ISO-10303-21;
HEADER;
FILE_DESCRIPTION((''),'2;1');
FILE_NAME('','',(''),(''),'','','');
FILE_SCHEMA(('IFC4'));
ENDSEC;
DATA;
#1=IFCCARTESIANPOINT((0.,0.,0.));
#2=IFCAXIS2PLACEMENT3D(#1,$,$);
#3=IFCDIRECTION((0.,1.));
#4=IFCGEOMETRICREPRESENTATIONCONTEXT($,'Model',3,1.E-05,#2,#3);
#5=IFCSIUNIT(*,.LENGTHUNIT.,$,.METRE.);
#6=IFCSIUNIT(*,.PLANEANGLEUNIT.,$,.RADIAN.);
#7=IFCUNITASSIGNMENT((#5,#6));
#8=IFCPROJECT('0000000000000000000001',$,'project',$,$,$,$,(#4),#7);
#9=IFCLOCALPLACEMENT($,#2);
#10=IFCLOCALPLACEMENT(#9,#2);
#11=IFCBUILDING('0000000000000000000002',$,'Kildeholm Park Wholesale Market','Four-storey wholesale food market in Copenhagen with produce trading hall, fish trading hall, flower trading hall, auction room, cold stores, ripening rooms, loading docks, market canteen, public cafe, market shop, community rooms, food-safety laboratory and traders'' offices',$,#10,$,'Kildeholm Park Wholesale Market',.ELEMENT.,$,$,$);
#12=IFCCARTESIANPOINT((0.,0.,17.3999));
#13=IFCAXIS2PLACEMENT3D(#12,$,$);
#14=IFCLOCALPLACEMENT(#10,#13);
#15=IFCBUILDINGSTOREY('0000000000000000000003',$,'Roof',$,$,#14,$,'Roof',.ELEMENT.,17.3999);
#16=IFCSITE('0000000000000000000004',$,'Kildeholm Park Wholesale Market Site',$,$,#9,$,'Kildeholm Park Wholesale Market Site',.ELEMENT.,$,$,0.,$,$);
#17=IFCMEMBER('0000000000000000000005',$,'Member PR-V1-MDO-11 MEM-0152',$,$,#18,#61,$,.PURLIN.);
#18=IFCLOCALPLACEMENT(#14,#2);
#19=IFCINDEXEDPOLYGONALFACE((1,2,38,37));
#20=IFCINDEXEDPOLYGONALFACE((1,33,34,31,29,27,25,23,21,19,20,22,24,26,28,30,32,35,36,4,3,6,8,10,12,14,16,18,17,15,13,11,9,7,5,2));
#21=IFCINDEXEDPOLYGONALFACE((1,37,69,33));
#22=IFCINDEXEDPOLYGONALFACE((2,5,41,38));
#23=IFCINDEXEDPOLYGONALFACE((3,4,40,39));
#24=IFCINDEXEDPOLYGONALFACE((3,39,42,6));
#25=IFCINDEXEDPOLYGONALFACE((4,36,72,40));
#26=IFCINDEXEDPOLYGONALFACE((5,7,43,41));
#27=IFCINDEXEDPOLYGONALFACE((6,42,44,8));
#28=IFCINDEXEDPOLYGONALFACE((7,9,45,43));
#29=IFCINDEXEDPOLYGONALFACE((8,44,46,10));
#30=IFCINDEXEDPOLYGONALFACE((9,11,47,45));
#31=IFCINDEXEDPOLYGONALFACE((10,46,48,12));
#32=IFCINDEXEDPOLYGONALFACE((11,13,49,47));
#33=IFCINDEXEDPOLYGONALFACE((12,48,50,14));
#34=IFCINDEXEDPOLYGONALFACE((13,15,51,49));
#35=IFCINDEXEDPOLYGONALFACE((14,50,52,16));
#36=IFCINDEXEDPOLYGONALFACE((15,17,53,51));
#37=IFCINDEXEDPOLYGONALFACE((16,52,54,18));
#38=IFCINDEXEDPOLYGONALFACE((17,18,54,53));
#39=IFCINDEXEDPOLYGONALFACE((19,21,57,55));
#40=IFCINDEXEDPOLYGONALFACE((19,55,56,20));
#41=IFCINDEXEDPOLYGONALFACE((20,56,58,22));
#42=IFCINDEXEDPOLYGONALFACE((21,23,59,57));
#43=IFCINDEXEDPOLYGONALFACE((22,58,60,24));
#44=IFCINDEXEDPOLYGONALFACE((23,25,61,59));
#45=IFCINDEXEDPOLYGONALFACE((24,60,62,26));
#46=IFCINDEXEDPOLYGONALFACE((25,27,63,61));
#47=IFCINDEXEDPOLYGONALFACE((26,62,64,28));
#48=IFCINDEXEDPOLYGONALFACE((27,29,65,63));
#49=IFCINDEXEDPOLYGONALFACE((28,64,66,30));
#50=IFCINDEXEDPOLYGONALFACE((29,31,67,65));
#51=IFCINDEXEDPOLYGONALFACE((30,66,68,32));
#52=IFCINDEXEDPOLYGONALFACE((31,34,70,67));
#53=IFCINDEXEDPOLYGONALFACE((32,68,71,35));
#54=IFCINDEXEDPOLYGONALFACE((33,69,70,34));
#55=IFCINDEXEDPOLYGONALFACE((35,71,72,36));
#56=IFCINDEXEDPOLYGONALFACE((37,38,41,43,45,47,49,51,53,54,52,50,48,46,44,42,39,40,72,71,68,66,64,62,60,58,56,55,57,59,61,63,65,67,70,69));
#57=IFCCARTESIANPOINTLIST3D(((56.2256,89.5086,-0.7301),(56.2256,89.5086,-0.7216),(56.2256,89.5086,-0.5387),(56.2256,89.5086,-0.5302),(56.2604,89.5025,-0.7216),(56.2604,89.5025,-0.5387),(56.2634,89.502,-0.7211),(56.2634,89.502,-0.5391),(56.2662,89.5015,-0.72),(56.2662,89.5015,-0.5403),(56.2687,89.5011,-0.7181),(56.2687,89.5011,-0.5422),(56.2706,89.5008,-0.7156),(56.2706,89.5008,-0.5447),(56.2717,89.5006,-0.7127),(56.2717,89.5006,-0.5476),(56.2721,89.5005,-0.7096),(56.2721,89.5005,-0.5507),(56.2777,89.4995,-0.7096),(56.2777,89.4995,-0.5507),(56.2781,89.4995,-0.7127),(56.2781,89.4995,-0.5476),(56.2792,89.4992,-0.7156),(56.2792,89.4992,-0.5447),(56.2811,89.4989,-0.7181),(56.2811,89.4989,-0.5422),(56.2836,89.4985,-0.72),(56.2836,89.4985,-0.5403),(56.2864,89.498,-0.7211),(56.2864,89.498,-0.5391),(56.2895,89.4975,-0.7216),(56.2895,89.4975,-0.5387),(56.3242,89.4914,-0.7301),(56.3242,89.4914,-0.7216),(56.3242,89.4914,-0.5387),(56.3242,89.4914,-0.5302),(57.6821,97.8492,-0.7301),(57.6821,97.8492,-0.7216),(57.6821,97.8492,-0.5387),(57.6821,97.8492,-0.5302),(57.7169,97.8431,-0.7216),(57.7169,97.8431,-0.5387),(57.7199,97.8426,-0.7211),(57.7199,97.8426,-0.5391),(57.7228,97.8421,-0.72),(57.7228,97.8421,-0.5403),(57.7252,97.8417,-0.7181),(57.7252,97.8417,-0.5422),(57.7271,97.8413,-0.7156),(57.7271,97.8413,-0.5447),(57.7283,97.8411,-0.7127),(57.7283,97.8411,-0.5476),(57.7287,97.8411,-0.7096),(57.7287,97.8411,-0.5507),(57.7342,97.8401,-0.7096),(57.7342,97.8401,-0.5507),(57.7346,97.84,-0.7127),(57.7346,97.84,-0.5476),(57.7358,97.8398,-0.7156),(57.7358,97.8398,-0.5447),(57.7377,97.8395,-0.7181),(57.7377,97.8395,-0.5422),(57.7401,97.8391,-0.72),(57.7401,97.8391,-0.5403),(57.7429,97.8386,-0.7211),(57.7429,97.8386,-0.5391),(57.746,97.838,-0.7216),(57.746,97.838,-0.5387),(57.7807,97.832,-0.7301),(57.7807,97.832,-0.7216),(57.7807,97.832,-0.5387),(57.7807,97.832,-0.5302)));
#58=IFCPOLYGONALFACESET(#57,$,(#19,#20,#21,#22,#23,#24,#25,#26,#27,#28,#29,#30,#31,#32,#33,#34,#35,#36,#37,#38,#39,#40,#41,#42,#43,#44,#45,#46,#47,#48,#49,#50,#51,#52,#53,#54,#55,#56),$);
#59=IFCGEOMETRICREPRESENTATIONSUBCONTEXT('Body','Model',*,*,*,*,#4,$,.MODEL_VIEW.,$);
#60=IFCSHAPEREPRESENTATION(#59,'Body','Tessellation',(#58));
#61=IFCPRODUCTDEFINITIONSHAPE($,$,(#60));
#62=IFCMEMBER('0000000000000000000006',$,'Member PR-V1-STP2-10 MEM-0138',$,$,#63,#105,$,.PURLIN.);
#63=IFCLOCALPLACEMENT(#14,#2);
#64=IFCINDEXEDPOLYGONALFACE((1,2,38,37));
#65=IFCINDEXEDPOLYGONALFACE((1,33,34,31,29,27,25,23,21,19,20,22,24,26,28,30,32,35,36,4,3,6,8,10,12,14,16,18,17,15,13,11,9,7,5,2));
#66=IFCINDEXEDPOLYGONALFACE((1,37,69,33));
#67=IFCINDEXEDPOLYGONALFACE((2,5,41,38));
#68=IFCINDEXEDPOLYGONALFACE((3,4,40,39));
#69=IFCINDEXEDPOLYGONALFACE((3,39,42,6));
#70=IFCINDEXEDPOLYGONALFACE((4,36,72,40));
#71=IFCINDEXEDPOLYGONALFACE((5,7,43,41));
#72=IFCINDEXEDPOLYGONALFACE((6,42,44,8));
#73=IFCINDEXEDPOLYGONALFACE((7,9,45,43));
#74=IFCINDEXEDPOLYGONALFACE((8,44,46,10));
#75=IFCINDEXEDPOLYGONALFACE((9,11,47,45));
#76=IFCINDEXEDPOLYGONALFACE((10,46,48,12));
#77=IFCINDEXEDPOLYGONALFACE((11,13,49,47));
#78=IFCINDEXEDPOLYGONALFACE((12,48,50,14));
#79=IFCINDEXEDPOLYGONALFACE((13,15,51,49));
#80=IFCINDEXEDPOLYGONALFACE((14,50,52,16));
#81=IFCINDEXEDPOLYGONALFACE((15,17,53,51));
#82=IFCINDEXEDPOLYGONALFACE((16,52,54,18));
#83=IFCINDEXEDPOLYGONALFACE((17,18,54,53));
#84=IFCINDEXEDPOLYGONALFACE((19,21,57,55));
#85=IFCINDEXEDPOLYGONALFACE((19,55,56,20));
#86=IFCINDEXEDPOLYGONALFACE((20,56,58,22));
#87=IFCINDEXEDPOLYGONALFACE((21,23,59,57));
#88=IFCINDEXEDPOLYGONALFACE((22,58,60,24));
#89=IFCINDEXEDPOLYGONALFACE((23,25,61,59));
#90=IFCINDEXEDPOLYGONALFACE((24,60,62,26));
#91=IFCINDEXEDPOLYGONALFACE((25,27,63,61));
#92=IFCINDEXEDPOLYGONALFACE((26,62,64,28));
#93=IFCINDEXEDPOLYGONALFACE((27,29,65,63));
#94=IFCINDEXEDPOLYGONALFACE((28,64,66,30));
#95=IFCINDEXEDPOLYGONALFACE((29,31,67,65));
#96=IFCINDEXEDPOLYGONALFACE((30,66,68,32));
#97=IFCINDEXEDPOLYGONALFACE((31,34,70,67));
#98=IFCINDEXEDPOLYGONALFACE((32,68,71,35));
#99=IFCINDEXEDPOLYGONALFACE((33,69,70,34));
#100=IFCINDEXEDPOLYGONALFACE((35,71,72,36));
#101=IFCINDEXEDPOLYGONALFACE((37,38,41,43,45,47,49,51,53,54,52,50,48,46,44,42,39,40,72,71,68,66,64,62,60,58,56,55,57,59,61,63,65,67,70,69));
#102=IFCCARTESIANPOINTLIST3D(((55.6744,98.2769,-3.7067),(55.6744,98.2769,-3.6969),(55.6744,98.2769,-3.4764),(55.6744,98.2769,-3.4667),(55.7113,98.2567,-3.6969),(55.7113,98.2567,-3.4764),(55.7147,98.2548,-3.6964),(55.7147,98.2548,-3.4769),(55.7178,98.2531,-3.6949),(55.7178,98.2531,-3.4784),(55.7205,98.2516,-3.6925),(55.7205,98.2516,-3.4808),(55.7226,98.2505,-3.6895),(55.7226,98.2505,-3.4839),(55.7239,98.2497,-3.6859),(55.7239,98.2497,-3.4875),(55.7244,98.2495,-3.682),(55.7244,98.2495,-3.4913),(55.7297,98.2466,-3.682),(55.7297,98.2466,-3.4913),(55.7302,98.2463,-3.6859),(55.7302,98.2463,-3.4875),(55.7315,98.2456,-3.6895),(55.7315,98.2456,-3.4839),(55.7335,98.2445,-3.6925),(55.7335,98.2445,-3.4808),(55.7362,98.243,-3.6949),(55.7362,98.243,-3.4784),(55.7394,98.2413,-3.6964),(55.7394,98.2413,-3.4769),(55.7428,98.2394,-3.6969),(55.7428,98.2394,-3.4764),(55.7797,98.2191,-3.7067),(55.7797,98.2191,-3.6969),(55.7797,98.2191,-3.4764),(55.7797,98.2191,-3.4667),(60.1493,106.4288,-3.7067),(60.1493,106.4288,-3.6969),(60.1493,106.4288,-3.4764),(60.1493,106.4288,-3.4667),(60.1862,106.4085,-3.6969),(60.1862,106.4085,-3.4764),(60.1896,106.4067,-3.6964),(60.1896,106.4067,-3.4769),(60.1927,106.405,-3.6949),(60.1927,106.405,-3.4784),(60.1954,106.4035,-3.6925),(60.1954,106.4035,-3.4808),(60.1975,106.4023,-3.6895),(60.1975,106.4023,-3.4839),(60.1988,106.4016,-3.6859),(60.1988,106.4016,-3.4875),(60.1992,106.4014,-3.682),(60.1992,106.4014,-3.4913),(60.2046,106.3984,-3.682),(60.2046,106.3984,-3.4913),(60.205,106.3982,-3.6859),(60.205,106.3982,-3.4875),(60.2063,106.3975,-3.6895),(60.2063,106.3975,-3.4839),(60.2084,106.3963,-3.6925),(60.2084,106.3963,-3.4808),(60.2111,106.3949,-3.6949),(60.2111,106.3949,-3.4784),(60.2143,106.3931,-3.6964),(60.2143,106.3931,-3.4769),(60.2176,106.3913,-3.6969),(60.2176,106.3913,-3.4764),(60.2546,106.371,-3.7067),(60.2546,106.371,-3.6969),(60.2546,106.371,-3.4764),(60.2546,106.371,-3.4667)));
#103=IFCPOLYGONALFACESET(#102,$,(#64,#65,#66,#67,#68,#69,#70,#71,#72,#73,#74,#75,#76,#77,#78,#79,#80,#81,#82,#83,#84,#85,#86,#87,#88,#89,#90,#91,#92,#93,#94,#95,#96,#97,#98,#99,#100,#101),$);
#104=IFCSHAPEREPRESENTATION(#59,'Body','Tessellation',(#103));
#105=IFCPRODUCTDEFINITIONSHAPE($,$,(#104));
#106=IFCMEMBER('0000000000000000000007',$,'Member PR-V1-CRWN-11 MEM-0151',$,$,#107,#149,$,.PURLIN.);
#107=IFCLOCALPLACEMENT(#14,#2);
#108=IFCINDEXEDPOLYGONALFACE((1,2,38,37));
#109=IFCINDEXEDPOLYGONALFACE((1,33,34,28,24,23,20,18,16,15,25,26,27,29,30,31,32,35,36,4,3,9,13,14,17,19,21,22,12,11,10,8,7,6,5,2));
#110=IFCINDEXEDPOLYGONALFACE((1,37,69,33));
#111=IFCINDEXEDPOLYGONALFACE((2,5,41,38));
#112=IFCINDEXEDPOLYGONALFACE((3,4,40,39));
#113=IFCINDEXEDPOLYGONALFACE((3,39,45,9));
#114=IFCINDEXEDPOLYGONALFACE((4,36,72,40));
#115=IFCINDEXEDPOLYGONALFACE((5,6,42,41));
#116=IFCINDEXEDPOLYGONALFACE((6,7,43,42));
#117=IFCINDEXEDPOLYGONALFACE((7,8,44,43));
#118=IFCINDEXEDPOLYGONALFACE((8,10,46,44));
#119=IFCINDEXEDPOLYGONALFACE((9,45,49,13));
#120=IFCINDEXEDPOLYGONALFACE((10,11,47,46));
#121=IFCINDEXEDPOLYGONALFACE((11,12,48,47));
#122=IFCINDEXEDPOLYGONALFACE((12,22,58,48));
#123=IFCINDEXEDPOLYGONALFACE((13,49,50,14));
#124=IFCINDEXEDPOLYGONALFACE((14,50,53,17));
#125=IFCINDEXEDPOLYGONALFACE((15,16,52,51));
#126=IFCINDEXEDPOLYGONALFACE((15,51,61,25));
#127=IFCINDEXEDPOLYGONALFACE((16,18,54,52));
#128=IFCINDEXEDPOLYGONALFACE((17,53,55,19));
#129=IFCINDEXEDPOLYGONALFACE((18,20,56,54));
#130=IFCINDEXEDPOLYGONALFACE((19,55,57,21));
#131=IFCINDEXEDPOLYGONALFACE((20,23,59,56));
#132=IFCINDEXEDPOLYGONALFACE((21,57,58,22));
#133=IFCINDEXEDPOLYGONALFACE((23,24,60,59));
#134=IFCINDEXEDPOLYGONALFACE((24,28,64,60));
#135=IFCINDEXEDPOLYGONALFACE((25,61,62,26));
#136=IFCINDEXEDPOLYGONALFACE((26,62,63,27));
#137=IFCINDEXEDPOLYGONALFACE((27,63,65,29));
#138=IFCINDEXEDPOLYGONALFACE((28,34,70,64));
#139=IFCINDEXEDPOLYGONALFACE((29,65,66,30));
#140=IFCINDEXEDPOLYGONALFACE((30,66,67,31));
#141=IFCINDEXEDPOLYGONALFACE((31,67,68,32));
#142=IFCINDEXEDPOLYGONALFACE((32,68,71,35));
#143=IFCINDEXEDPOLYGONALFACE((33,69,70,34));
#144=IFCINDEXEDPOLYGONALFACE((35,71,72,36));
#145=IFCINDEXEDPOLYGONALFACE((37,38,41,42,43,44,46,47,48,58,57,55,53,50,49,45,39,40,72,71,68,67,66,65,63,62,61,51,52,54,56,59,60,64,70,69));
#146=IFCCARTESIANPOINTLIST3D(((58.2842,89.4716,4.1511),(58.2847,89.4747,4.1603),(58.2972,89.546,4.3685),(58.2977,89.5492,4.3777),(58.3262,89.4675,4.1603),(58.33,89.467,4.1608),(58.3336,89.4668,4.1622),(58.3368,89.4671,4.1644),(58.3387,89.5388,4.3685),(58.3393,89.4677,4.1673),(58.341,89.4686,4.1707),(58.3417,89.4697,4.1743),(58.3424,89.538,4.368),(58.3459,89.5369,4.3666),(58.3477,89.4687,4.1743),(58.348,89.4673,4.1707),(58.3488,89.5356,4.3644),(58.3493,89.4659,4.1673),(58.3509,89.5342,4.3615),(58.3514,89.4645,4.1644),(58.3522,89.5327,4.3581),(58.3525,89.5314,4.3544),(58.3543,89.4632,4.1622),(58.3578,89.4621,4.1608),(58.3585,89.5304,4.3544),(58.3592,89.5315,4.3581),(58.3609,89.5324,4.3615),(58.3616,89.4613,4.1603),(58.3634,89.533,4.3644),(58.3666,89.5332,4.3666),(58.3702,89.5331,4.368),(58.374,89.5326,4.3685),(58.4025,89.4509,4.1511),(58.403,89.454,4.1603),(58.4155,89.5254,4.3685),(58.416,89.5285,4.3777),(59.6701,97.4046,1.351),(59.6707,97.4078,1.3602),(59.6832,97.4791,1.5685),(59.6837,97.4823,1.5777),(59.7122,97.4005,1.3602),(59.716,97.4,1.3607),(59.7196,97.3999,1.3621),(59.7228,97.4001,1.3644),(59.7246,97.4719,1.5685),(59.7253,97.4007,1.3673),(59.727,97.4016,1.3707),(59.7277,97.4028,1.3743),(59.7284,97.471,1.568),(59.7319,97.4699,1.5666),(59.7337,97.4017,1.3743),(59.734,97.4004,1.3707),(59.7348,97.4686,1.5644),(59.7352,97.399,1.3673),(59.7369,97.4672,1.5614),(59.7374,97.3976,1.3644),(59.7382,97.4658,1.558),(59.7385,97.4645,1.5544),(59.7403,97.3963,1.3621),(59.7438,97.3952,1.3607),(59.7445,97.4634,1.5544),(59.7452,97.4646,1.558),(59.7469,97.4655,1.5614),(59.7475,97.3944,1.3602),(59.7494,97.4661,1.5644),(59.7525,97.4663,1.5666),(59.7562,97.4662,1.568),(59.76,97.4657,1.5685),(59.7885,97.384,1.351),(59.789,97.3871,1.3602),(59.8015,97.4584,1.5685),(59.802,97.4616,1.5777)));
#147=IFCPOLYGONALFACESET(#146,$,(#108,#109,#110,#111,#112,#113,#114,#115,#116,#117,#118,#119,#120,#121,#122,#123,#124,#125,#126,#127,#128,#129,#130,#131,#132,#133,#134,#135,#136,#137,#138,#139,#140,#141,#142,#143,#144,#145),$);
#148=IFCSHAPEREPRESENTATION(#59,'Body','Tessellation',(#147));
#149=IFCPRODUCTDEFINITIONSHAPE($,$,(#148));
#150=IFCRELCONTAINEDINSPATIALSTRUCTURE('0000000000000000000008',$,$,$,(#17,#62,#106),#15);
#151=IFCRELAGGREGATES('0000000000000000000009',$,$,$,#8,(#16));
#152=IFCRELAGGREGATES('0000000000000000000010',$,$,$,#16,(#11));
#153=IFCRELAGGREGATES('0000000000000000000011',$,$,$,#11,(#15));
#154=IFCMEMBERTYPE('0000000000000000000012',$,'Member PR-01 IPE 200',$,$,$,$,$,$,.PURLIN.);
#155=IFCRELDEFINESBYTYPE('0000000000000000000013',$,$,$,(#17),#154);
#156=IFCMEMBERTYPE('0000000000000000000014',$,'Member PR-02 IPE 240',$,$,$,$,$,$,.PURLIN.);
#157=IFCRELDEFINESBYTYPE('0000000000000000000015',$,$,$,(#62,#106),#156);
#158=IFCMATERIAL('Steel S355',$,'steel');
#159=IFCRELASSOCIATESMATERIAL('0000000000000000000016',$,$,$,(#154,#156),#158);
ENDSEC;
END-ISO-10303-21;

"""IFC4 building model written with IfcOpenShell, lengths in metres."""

from ifc_helpers import new_model, si_unit, direction, frame, origin, origin_2d, place, context, subcontext, project, spatial, i_section, extrude, material, material_profile, profile_set, type_object, element, save


model = new_model("IFC4")

# Units and contexts
model_context = context("Model", 3, precision=1e-05, world=origin(), true_north=direction((0.0, 1.0)))
body_context = subcontext(model_context, "Body", "Model", "MODEL_VIEW")
ifc_project = project(units=[si_unit("LENGTHUNIT", "METRE"), si_unit("PLANEANGLEUNIT", "RADIAN")], contexts=[model_context])

# Site, building, storey
site_placement = place(None, origin())
site = spatial("IfcSite", under=ifc_project, at=site_placement, Name="Kildeholm Park Wholesale Market Site", LongName="Kildeholm Park Wholesale Market Site", CompositionType="ELEMENT", RefElevation=0.0)
building_placement = place(site_placement, origin())
building = spatial("IfcBuilding", under=site, at=building_placement, Name="Kildeholm Park Wholesale Market", Description="Four-storey wholesale food market in Copenhagen with produce trading hall, fish trading hall, flower trading hall, auction room, cold stores, ripening rooms, loading docks, market canteen, public cafe, market shop, community rooms, food-safety laboratory and traders' offices", LongName="Kildeholm Park Wholesale Market", CompositionType="ELEMENT")
storey_placement = place(building_placement, frame((0.0, 0.0, 17.3999)))
storey = spatial("IfcBuildingStorey", under=building, at=storey_placement, Name="Roof", LongName="Roof", CompositionType="ELEMENT", Elevation=17.3999)

# Shared definitions
ifc_material_1 = material(Name="Steel S355", Category="steel")

# Members
ifc_material_profile_1 = material_profile(ifc_material_1, i_section(OverallWidth=0.1001, OverallDepth=0.2, WebThickness=0.0056, FlangeThickness=0.0085, FilletRadius=0.012, at=origin_2d()), Name="IPE 200")
ifc_profile_set_1 = profile_set([ifc_material_profile_1], Name="Steel S355")
member_type_1 = type_object("IfcMemberType", Name="Member PR-01 IPE 200", PredefinedType="PURLIN", material=ifc_profile_set_1)
member_1_placement = place(storey_placement, frame((57.7314, 97.8406, -0.6301), z_axis=(-0.17203, -0.985092, 0.0), x_axis=(0.985092, -0.17203, 0.0)))
element("IfcMember", 1, at=member_1_placement, inside=storey, type_object=member_type_1, Name="Member PR-V1-MDO-11 MEM-0152", PredefinedType="PURLIN", context=body_context, shape_type="SweptSolid", body=[
    extrude(i_section(OverallWidth=0.1001, OverallDepth=0.2, WebThickness=0.0056, FlangeThickness=0.0085, FilletRadius=0.012, at=origin_2d()), origin(), (0.0, 0.0, 1.0), 8.4668),
])
ifc_material_profile_2 = material_profile(ifc_material_1, i_section(OverallWidth=0.1201, OverallDepth=0.24, WebThickness=0.0061, FlangeThickness=0.0098, FilletRadius=0.0149, at=origin_2d()), Name="IPE 240")
ifc_profile_set_2 = profile_set([ifc_material_profile_2], Name="Steel S355")
member_type_2 = type_object("IfcMemberType", Name="Member PR-02 IPE 240", PredefinedType="PURLIN", material=ifc_profile_set_2)
member_2_placement = place(storey_placement, frame((60.2019, 106.3999, -3.5867), z_axis=(-0.481203, -0.876609, 0.0), x_axis=(0.876609, -0.481203, 0.0)))
element("IfcMember", 2, at=member_2_placement, inside=storey, type_object=member_type_2, Name="Member PR-V1-STP2-10 MEM-0138", PredefinedType="PURLIN", context=body_context, shape_type="SweptSolid", body=[
    extrude(i_section(OverallWidth=0.1201, OverallDepth=0.24, WebThickness=0.0061, FlangeThickness=0.0098, FilletRadius=0.0149, at=origin_2d()), origin(), (0.0, 0.0, 1.0), 9.2993),
])
member_3_placement = place(storey_placement, frame((59.7361, 97.4331, 1.4644), z_axis=(-0.162557, -0.930443, 0.328407), x_axis=(0.985079, -0.172102, 0.0)))
element("IfcMember", 3, at=member_3_placement, inside=storey, type_object=member_type_2, Name="Member PR-V1-CRWN-11 MEM-0151", PredefinedType="PURLIN", context=body_context, shape_type="SweptSolid", body=[
    extrude(i_section(OverallWidth=0.1201, OverallDepth=0.24, WebThickness=0.0061, FlangeThickness=0.0098, FilletRadius=0.0149, at=origin_2d()), origin(), (0.0, 0.0, 1.0), 8.5261),
])

save(model, "model.ifc")
